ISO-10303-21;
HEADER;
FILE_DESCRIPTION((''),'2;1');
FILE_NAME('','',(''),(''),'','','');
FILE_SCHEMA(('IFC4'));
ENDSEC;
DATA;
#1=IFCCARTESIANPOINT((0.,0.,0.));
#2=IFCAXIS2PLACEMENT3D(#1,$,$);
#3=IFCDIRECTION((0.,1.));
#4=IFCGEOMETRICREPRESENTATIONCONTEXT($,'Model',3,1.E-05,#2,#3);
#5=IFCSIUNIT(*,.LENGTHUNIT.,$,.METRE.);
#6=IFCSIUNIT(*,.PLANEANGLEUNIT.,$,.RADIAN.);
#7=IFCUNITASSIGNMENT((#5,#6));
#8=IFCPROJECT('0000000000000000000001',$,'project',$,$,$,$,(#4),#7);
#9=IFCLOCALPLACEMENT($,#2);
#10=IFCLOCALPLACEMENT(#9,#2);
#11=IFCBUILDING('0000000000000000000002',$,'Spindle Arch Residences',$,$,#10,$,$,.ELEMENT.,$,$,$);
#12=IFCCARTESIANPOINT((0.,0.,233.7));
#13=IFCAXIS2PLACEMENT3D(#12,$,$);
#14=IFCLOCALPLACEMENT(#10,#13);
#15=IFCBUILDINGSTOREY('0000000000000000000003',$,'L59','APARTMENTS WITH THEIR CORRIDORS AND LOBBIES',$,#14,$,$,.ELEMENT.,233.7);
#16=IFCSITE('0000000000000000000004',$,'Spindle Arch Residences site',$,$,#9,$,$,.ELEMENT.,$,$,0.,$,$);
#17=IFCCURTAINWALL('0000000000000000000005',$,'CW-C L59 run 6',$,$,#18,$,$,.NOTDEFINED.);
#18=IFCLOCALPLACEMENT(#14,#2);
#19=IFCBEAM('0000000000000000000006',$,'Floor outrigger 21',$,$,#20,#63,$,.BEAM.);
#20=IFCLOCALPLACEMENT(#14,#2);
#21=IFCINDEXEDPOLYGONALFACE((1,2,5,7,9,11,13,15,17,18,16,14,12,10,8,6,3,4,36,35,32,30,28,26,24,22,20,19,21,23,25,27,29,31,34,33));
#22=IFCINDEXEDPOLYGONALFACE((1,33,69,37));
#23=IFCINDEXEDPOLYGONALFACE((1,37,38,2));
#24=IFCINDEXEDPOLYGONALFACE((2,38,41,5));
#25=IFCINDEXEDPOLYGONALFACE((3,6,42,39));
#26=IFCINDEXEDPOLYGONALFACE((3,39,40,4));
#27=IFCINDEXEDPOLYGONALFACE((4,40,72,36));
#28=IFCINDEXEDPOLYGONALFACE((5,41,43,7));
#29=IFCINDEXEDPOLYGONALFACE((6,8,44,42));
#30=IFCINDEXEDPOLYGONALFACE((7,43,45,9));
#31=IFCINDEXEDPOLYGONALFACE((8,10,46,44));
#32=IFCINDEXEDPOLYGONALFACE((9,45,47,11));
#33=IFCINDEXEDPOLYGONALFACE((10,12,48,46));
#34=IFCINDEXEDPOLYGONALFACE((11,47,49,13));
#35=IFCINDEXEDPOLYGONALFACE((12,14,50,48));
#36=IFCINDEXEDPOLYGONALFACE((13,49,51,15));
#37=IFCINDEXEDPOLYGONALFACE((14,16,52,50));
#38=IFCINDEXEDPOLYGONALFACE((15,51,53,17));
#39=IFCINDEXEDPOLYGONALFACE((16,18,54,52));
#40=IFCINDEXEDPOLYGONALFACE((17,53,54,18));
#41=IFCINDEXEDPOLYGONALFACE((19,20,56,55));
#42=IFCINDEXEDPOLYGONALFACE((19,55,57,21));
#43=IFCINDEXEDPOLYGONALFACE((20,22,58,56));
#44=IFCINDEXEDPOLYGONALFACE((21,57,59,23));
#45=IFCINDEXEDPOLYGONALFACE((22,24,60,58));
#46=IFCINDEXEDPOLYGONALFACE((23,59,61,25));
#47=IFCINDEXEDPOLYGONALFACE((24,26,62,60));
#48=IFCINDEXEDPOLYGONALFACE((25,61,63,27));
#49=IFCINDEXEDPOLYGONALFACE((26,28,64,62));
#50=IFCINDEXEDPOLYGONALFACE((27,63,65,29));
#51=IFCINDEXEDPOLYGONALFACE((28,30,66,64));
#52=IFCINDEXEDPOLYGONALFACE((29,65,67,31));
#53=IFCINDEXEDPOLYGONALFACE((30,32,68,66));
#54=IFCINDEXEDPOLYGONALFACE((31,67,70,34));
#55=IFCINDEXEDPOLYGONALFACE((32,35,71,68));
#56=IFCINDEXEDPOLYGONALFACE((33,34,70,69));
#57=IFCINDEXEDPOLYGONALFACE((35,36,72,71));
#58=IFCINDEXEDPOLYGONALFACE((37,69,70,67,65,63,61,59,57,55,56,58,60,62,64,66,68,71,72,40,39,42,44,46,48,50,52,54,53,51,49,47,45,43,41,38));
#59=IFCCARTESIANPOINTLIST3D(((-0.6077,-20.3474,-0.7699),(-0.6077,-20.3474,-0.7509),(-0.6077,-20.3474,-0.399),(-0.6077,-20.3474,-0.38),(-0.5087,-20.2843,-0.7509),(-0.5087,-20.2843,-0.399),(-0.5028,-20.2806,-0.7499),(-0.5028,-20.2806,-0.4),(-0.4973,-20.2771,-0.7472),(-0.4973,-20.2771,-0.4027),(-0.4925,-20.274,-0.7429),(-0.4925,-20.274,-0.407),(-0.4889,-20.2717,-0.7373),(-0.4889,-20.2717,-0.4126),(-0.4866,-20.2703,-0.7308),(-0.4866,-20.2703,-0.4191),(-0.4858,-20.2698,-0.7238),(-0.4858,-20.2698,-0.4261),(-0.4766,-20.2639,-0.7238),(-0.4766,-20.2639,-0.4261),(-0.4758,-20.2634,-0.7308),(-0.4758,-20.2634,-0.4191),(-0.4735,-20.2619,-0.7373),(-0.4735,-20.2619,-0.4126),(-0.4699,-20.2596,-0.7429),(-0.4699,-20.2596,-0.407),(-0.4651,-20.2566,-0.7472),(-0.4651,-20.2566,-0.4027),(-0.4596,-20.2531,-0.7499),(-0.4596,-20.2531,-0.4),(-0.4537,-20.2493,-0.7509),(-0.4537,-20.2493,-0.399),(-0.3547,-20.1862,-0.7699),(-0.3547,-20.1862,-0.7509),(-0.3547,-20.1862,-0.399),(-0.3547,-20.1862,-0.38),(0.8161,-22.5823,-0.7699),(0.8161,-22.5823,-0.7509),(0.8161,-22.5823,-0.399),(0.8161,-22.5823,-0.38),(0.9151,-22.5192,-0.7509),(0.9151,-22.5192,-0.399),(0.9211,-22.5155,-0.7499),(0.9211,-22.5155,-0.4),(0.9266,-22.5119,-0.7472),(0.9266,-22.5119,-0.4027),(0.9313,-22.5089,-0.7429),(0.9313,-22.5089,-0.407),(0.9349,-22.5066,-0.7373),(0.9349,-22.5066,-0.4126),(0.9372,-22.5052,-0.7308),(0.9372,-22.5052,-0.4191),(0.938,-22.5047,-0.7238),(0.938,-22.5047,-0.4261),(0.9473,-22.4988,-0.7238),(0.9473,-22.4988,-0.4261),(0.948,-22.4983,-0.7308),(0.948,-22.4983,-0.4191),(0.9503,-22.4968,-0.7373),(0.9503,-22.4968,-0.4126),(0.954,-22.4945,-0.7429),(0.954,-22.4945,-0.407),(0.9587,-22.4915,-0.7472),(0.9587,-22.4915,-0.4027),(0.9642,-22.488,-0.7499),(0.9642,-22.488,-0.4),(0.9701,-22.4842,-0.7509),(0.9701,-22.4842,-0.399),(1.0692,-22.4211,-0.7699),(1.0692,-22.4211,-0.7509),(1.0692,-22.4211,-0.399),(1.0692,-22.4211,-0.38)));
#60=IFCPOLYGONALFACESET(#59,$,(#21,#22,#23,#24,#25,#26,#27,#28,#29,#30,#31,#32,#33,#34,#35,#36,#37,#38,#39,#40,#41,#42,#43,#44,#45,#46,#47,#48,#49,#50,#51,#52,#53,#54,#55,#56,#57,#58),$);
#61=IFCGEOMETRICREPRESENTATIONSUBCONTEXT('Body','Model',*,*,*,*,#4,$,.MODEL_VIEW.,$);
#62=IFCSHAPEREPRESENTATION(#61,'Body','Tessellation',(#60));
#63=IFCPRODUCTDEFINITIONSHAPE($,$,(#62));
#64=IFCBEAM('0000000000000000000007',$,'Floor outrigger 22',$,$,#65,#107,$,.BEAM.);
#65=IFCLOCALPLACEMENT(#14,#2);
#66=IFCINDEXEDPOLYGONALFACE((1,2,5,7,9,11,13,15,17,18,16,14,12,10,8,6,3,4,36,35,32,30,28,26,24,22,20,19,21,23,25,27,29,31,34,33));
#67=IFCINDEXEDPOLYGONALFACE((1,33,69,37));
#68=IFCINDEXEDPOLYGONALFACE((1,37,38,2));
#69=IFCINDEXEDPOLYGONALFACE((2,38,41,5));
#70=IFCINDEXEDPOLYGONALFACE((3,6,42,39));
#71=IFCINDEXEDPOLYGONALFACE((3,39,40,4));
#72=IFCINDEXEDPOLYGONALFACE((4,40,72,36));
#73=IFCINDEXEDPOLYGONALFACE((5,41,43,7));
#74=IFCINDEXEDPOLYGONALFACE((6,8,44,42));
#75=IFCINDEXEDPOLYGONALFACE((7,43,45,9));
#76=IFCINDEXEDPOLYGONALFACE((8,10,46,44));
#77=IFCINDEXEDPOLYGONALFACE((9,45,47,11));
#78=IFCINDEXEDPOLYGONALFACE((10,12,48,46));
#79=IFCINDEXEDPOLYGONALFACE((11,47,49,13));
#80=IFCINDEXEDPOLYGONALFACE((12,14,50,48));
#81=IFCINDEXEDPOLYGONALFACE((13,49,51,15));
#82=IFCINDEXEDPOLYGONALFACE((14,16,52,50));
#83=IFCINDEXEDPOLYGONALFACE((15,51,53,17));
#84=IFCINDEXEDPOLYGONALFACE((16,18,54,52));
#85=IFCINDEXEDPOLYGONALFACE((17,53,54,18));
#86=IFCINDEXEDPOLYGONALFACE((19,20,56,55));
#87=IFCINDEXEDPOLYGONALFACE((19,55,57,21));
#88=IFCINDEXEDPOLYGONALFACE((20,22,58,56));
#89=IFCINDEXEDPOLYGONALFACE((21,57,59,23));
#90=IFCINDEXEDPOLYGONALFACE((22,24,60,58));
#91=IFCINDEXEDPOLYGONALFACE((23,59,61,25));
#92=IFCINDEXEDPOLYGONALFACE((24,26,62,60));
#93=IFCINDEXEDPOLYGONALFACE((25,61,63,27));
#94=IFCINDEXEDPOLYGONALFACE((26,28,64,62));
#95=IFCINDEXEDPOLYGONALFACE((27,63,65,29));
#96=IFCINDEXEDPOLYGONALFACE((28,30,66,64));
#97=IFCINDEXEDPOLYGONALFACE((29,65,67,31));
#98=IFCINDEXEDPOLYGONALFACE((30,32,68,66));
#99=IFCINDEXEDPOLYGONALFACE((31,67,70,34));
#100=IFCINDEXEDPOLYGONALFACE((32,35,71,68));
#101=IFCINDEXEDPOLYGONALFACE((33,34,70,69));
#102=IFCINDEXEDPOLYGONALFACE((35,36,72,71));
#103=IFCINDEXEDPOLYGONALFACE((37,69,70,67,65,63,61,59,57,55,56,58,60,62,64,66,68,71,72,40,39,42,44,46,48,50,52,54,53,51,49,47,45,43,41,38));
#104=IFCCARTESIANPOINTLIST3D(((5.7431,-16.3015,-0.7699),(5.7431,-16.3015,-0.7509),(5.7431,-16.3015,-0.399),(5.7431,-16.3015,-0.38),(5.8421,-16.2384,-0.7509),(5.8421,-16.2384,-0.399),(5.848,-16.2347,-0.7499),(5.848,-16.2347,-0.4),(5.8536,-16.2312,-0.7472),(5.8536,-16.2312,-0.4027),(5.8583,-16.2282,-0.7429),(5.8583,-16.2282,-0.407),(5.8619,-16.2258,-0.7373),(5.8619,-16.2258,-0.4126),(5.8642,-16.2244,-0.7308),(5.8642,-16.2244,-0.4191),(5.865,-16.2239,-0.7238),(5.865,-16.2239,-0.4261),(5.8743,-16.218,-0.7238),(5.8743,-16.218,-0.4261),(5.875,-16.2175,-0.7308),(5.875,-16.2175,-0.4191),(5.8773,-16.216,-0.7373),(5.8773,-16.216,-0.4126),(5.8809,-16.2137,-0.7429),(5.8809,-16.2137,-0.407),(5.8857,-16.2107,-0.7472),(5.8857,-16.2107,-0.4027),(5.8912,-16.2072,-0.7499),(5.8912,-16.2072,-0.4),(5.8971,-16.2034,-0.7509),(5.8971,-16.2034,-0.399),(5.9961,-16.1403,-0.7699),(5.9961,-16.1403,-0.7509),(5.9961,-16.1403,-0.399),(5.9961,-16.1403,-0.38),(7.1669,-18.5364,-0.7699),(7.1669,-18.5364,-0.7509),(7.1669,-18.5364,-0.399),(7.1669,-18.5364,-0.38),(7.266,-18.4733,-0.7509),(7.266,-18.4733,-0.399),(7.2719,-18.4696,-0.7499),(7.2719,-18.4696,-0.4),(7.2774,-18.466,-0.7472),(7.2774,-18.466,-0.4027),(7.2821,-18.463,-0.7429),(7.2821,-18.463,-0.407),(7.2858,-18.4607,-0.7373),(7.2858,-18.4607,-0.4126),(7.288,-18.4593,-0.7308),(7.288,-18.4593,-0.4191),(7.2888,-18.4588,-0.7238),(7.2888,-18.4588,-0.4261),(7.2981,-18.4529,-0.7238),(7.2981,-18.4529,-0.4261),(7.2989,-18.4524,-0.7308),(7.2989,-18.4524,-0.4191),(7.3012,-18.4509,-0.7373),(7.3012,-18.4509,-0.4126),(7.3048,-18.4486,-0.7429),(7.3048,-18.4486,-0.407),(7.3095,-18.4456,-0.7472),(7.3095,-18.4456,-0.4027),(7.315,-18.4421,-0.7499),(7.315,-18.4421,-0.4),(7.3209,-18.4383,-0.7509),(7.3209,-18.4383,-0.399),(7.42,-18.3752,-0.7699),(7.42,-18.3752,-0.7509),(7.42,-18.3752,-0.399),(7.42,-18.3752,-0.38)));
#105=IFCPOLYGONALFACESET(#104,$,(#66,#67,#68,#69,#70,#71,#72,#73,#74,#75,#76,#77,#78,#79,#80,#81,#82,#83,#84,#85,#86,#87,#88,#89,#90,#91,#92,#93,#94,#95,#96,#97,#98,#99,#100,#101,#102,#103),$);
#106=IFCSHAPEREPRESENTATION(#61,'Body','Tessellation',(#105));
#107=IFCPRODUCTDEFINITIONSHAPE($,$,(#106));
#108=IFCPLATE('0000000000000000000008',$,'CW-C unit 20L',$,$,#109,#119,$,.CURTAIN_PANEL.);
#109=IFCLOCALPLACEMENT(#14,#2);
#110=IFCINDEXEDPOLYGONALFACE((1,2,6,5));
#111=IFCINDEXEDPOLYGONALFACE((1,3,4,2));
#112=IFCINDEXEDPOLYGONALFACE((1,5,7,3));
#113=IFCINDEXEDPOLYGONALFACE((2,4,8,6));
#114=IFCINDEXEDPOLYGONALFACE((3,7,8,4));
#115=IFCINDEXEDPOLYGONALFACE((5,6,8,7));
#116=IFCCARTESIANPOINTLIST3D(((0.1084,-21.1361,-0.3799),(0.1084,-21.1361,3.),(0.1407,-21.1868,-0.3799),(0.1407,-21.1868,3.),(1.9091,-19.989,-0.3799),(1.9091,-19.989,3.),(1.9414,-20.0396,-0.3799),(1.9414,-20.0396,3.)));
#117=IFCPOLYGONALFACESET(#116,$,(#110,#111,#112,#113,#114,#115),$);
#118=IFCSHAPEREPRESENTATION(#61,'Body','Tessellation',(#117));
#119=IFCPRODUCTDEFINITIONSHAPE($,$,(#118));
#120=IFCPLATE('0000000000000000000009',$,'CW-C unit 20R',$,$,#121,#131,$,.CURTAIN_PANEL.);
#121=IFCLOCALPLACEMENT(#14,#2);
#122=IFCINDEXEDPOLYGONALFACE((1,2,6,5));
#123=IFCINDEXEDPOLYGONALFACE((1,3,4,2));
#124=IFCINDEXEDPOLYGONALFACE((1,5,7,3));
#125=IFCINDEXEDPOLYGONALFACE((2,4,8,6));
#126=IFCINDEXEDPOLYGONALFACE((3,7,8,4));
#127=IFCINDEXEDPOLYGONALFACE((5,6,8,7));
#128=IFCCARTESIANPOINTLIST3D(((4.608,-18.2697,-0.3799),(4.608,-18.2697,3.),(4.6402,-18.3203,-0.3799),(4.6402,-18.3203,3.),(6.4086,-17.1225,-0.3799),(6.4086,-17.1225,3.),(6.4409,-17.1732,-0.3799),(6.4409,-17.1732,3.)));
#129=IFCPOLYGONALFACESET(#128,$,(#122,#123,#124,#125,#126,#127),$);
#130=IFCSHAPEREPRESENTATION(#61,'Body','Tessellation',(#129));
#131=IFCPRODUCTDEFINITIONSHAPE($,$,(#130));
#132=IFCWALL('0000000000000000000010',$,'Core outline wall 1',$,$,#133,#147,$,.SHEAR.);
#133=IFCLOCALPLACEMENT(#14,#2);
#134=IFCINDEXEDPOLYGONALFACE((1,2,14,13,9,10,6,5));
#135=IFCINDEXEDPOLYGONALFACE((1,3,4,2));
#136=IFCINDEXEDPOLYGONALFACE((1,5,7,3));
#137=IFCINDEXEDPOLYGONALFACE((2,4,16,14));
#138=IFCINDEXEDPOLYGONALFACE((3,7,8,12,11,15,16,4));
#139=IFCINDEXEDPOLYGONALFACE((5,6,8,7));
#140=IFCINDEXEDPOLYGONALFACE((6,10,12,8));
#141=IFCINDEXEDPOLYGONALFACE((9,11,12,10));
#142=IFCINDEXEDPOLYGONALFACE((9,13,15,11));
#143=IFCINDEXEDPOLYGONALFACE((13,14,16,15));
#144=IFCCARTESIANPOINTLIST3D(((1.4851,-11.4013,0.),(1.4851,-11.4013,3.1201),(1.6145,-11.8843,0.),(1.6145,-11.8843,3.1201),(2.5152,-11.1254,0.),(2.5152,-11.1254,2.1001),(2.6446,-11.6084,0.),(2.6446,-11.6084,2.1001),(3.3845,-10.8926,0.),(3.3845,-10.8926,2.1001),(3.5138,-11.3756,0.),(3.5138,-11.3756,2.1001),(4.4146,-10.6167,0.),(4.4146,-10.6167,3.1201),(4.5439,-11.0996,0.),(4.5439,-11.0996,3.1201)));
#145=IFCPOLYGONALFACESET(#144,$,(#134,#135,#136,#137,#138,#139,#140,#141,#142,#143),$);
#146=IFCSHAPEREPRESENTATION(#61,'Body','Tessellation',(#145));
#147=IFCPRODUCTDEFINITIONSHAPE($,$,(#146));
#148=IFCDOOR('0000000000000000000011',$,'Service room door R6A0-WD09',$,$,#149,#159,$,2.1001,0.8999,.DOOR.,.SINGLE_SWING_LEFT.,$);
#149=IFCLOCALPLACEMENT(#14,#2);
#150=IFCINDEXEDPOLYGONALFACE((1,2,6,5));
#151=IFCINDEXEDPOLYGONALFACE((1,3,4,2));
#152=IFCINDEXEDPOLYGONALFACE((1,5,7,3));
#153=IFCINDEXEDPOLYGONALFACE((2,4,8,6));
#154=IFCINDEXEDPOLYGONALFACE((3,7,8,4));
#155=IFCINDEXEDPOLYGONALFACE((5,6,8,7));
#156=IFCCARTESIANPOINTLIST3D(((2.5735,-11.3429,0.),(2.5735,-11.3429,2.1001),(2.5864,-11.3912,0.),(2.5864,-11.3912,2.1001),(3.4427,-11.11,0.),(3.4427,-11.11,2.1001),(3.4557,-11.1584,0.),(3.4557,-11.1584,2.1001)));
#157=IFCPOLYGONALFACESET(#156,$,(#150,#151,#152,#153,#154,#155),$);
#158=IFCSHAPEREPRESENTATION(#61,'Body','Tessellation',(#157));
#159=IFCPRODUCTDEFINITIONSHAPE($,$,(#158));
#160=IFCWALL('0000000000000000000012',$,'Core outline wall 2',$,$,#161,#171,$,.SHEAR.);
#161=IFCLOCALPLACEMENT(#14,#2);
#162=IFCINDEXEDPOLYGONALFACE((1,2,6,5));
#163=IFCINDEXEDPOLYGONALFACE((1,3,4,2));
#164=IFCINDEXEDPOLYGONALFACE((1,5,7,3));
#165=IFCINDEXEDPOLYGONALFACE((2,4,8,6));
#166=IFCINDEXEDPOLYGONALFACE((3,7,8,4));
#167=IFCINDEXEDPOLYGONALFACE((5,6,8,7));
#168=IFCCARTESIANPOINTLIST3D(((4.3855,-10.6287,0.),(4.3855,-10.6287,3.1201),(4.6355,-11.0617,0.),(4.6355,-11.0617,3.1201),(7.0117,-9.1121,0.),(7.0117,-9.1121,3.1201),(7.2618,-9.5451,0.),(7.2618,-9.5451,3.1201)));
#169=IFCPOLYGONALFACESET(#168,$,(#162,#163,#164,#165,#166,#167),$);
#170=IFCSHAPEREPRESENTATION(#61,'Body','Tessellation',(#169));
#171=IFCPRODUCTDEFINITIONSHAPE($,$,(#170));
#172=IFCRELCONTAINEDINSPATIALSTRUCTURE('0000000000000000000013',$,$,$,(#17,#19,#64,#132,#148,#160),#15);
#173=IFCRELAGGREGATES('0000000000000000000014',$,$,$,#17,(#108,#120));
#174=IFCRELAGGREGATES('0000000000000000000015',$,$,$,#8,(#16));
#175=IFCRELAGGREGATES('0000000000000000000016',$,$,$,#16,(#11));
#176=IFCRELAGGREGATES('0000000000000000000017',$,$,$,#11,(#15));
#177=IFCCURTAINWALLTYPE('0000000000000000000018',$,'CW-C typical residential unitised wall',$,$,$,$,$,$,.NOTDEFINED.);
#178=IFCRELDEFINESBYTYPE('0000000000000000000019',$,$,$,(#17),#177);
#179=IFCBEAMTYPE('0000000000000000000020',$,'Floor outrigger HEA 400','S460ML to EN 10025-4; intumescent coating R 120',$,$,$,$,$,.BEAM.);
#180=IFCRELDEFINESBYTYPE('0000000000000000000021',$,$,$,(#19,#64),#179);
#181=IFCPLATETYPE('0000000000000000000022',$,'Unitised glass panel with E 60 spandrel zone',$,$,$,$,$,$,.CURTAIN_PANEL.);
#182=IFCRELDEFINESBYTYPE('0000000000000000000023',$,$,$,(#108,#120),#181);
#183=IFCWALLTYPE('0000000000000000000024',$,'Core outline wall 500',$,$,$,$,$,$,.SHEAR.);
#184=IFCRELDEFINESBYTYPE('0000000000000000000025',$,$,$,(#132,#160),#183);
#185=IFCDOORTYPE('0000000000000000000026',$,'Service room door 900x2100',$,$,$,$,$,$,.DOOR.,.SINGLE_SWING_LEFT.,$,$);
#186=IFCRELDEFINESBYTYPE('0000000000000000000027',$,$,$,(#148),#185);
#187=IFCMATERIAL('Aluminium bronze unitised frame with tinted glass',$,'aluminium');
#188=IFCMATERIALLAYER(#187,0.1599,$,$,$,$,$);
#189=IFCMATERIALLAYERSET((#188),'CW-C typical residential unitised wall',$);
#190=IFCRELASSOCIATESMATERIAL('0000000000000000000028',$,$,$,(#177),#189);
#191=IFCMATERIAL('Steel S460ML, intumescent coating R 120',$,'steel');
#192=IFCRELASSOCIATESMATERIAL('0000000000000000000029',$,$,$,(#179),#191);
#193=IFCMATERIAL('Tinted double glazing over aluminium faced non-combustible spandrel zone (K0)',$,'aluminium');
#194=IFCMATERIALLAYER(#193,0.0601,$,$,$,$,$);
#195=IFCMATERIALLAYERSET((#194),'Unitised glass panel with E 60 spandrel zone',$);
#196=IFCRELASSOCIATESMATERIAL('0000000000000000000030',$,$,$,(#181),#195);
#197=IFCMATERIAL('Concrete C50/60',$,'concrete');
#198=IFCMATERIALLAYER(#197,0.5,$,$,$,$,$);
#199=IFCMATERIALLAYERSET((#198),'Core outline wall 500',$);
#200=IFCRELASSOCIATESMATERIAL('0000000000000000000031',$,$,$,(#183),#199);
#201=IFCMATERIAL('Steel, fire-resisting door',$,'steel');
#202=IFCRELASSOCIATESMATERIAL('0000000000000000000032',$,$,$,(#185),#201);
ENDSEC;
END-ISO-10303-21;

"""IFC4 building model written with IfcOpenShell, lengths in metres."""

from ifc_helpers import new_model, si_unit, direction, frame, frame_2d, origin, origin_2d, place, context, subcontext, project, spatial, rectangle, i_section, extrude, material, layer, layer_set, material_profile, profile_set, type_object, element, fill, aggregate, save


model = new_model("IFC4")

# Units and contexts
model_context = context("Model", 3, precision=1e-05, world=origin(), true_north=direction((0.0, 1.0)))
body_context = subcontext(model_context, "Body", "Model", "MODEL_VIEW")
ifc_project = project(units=[si_unit("LENGTHUNIT", "METRE"), si_unit("PLANEANGLEUNIT", "RADIAN")], contexts=[model_context])

# Site, building, storey
site_placement = place(None, origin())
site = spatial("IfcSite", under=ifc_project, at=site_placement, Name="Spindle Arch Residences site", CompositionType="ELEMENT", RefElevation=0.0)
building_placement = place(site_placement, origin())
building = spatial("IfcBuilding", under=site, at=building_placement, Name="Spindle Arch Residences", CompositionType="ELEMENT")
storey_placement = place(building_placement, frame((0.0, 0.0, 233.7)))
storey = spatial("IfcBuildingStorey", under=building, at=storey_placement, Name="L59", Description="APARTMENTS WITH THEIR CORRIDORS AND LOBBIES", CompositionType="ELEMENT", Elevation=233.7)

# Curtain wall
ifc_material_1 = material(Name="Aluminium bronze unitised frame with tinted glass", Category="aluminium")
ifc_layer_1 = layer(ifc_material_1, 0.1599)
ifc_layer_set_1 = layer_set([ifc_layer_1], Name="CW-C typical residential unitised wall")
curtain_wall_type = type_object("IfcCurtainWallType", Name="CW-C typical residential unitised wall", PredefinedType="NOTDEFINED", material=ifc_layer_set_1)
curtain_wall_placement = place(storey_placement, origin())
curtain_wall = element("IfcCurtainWall", 1, at=curtain_wall_placement, inside=storey, type_object=curtain_wall_type, Name="CW-C L59 run 6", PredefinedType="NOTDEFINED")

# Beams
ifc_material_2 = material(Name="Steel S460ML, intumescent coating R 120", Category="steel")
ifc_material_profile_1 = material_profile(ifc_material_2, i_section(OverallWidth=0.3, OverallDepth=0.3899, WebThickness=0.011, FlangeThickness=0.019, FilletRadius=0.0271, at=origin_2d()), Name="HEA 400")
ifc_profile_set_1 = profile_set([ifc_material_profile_1], Name="Steel S460ML, intumescent coating R 120")
beam_type_1 = type_object("IfcBeamType", Name="Floor outrigger HEA 400", Description="S460ML to EN 10025-4; intumescent coating R 120", PredefinedType="BEAM", material=ifc_profile_set_1)
for number, where, z_axis, x_axis, name in (
    (2, (0.9426, -22.5017, -0.575), (-0.537317, 0.843381, 0.0), (-0.843381, -0.537317, 0.0), "Floor outrigger 21"),
    (3, (7.2935, -18.4558, -0.575), (-0.537317, 0.843381, 0.0), (-0.843381, -0.537317, 0.0), "Floor outrigger 22"),
):
    element("IfcBeam", number, at=place(storey_placement, frame(where, z_axis=z_axis, x_axis=x_axis)), inside=storey, type_object=beam_type_1, Name=name, PredefinedType="BEAM", context=body_context, shape_type="SweptSolid", body=[
        extrude(i_section(OverallWidth=0.3, OverallDepth=0.3899, WebThickness=0.011, FlangeThickness=0.019, FilletRadius=0.0271, at=origin_2d()), origin(), (0.0, 0.0, 1.0), 2.6499),
    ])

# Plates
ifc_material_3 = material(Name="Tinted double glazing over aluminium faced non-combustible spandrel zone (K0)", Category="aluminium")
ifc_layer_2 = layer(ifc_material_3, 0.0601)
ifc_layer_set_2 = layer_set([ifc_layer_2], Name="Unitised glass panel with E 60 spandrel zone")
plate_type = type_object("IfcPlateType", Name="Unitised glass panel with E 60 spandrel zone", PredefinedType="CURTAIN_PANEL", material=ifc_layer_set_2)
plate_1_placement = place(storey_placement, frame((1.0249, -20.5879, -0.3799), z_axis=(0.0, 0.0, 1.0), x_axis=(0.843391, 0.5373, 0.0)))
plate_1 = element("IfcPlate", 4, at=plate_1_placement, type_object=plate_type, Name="CW-C unit 20L", PredefinedType="CURTAIN_PANEL", context=body_context, shape_type="SweptSolid", body=[
    extrude(rectangle(XDim=2.135, YDim=0.0601, at=origin_2d()), origin(), (0.0, 0.0, 1.0), 3.3799),
])
plate_2_placement = place(storey_placement, frame((5.5244, -17.7214, -0.3799), z_axis=(0.0, 0.0, 1.0), x_axis=(0.843391, 0.5373, 0.0)))
plate_2 = element("IfcPlate", 5, at=plate_2_placement, type_object=plate_type, Name="CW-C unit 20R", PredefinedType="CURTAIN_PANEL", context=body_context, shape_type="SweptSolid", body=[
    extrude(rectangle(XDim=2.135, YDim=0.0601, at=origin_2d()), origin(), (0.0, 0.0, 1.0), 3.3799),
])
aggregate(curtain_wall, [plate_1, plate_2])

# Wall, opening, door
ifc_material_4 = material(Name="Concrete C50/60", Category="concrete")
ifc_layer_3 = layer(ifc_material_4, 0.5)
ifc_layer_set_3 = layer_set([ifc_layer_3], Name="Core outline wall 500")
wall_type_1 = type_object("IfcWallType", Name="Core outline wall 500", PredefinedType="SHEAR", material=ifc_layer_set_3)
wall_1_placement = place(storey_placement, frame((1.5498, -11.6428, 0.0), z_axis=(0.0, 0.0, 1.0), x_axis=(0.965948, 0.258735, 0.0)))
wall_1 = element("IfcWall", 6, at=wall_1_placement, inside=storey, type_object=wall_type_1, Name="Core outline wall 1", PredefinedType="SHEAR", context=body_context, shape_type="SweptSolid", body=[
    extrude(rectangle(XDim=3.0327, YDim=0.5, at=frame_2d((1.5164, 0.0))), origin(), (0.0, 0.0, 1.0), 3.1201),
])
opening_1_placement = place(wall_1_placement, frame((1.0664, 0.0, 0.0)))
opening_1 = element("IfcOpeningElement", 7, at=opening_1_placement, cuts=wall_1, PredefinedType="OPENING", context=body_context, shape_type="SweptSolid", body=[
    extrude(rectangle(XDim=0.8999, YDim=2.1001, at=frame_2d((0.45, 1.05))), frame((0.0, 0.26, 0.0), z_axis=(0.0, -1.0, 0.0), x_axis=(1.0, 0.0, 0.0)), (0.0, 0.0, 1.0), 0.52),
])
ifc_material_5 = material(Name="Steel, fire-resisting door", Category="steel")
door_type_1 = type_object("IfcDoorType", Name="Service room door 900x2100", OperationType="SINGLE_SWING_LEFT", PredefinedType="DOOR", material=ifc_material_5)
door_1_placement = place(opening_1_placement, origin())
door_1 = element("IfcDoor", 8, at=door_1_placement, inside=storey, type_object=door_type_1, Name="Service room door R6A0-WD09", OperationType="SINGLE_SWING_LEFT", OverallHeight=2.1001, OverallWidth=0.8999, PredefinedType="DOOR", context=body_context, shape_type="SweptSolid", body=[
    extrude(rectangle(XDim=0.8999, YDim=2.1001, at=frame_2d((0.45, 1.05))), frame((0.0, 0.0249, 0.0), z_axis=(0.0, -1.0, 0.0), x_axis=(1.0, 0.0, 0.0)), (0.0, 0.0, 1.0), 0.05),
])
fill(opening_1, door_1)

# Wall
wall_2_placement = place(storey_placement, frame((4.5105, -10.8452, 0.0), z_axis=(0.0, 0.0, 1.0), x_axis=(0.865975, 0.500087, 0.0)))
element("IfcWall", 9, at=wall_2_placement, inside=storey, type_object=wall_type_1, Name="Core outline wall 2", PredefinedType="SHEAR", context=body_context, shape_type="SweptSolid", body=[
    extrude(rectangle(XDim=3.0327, YDim=0.5, at=frame_2d((1.5164, 0.0))), origin(), (0.0, 0.0, 1.0), 3.1201),
])

save(model, "model.ifc")
